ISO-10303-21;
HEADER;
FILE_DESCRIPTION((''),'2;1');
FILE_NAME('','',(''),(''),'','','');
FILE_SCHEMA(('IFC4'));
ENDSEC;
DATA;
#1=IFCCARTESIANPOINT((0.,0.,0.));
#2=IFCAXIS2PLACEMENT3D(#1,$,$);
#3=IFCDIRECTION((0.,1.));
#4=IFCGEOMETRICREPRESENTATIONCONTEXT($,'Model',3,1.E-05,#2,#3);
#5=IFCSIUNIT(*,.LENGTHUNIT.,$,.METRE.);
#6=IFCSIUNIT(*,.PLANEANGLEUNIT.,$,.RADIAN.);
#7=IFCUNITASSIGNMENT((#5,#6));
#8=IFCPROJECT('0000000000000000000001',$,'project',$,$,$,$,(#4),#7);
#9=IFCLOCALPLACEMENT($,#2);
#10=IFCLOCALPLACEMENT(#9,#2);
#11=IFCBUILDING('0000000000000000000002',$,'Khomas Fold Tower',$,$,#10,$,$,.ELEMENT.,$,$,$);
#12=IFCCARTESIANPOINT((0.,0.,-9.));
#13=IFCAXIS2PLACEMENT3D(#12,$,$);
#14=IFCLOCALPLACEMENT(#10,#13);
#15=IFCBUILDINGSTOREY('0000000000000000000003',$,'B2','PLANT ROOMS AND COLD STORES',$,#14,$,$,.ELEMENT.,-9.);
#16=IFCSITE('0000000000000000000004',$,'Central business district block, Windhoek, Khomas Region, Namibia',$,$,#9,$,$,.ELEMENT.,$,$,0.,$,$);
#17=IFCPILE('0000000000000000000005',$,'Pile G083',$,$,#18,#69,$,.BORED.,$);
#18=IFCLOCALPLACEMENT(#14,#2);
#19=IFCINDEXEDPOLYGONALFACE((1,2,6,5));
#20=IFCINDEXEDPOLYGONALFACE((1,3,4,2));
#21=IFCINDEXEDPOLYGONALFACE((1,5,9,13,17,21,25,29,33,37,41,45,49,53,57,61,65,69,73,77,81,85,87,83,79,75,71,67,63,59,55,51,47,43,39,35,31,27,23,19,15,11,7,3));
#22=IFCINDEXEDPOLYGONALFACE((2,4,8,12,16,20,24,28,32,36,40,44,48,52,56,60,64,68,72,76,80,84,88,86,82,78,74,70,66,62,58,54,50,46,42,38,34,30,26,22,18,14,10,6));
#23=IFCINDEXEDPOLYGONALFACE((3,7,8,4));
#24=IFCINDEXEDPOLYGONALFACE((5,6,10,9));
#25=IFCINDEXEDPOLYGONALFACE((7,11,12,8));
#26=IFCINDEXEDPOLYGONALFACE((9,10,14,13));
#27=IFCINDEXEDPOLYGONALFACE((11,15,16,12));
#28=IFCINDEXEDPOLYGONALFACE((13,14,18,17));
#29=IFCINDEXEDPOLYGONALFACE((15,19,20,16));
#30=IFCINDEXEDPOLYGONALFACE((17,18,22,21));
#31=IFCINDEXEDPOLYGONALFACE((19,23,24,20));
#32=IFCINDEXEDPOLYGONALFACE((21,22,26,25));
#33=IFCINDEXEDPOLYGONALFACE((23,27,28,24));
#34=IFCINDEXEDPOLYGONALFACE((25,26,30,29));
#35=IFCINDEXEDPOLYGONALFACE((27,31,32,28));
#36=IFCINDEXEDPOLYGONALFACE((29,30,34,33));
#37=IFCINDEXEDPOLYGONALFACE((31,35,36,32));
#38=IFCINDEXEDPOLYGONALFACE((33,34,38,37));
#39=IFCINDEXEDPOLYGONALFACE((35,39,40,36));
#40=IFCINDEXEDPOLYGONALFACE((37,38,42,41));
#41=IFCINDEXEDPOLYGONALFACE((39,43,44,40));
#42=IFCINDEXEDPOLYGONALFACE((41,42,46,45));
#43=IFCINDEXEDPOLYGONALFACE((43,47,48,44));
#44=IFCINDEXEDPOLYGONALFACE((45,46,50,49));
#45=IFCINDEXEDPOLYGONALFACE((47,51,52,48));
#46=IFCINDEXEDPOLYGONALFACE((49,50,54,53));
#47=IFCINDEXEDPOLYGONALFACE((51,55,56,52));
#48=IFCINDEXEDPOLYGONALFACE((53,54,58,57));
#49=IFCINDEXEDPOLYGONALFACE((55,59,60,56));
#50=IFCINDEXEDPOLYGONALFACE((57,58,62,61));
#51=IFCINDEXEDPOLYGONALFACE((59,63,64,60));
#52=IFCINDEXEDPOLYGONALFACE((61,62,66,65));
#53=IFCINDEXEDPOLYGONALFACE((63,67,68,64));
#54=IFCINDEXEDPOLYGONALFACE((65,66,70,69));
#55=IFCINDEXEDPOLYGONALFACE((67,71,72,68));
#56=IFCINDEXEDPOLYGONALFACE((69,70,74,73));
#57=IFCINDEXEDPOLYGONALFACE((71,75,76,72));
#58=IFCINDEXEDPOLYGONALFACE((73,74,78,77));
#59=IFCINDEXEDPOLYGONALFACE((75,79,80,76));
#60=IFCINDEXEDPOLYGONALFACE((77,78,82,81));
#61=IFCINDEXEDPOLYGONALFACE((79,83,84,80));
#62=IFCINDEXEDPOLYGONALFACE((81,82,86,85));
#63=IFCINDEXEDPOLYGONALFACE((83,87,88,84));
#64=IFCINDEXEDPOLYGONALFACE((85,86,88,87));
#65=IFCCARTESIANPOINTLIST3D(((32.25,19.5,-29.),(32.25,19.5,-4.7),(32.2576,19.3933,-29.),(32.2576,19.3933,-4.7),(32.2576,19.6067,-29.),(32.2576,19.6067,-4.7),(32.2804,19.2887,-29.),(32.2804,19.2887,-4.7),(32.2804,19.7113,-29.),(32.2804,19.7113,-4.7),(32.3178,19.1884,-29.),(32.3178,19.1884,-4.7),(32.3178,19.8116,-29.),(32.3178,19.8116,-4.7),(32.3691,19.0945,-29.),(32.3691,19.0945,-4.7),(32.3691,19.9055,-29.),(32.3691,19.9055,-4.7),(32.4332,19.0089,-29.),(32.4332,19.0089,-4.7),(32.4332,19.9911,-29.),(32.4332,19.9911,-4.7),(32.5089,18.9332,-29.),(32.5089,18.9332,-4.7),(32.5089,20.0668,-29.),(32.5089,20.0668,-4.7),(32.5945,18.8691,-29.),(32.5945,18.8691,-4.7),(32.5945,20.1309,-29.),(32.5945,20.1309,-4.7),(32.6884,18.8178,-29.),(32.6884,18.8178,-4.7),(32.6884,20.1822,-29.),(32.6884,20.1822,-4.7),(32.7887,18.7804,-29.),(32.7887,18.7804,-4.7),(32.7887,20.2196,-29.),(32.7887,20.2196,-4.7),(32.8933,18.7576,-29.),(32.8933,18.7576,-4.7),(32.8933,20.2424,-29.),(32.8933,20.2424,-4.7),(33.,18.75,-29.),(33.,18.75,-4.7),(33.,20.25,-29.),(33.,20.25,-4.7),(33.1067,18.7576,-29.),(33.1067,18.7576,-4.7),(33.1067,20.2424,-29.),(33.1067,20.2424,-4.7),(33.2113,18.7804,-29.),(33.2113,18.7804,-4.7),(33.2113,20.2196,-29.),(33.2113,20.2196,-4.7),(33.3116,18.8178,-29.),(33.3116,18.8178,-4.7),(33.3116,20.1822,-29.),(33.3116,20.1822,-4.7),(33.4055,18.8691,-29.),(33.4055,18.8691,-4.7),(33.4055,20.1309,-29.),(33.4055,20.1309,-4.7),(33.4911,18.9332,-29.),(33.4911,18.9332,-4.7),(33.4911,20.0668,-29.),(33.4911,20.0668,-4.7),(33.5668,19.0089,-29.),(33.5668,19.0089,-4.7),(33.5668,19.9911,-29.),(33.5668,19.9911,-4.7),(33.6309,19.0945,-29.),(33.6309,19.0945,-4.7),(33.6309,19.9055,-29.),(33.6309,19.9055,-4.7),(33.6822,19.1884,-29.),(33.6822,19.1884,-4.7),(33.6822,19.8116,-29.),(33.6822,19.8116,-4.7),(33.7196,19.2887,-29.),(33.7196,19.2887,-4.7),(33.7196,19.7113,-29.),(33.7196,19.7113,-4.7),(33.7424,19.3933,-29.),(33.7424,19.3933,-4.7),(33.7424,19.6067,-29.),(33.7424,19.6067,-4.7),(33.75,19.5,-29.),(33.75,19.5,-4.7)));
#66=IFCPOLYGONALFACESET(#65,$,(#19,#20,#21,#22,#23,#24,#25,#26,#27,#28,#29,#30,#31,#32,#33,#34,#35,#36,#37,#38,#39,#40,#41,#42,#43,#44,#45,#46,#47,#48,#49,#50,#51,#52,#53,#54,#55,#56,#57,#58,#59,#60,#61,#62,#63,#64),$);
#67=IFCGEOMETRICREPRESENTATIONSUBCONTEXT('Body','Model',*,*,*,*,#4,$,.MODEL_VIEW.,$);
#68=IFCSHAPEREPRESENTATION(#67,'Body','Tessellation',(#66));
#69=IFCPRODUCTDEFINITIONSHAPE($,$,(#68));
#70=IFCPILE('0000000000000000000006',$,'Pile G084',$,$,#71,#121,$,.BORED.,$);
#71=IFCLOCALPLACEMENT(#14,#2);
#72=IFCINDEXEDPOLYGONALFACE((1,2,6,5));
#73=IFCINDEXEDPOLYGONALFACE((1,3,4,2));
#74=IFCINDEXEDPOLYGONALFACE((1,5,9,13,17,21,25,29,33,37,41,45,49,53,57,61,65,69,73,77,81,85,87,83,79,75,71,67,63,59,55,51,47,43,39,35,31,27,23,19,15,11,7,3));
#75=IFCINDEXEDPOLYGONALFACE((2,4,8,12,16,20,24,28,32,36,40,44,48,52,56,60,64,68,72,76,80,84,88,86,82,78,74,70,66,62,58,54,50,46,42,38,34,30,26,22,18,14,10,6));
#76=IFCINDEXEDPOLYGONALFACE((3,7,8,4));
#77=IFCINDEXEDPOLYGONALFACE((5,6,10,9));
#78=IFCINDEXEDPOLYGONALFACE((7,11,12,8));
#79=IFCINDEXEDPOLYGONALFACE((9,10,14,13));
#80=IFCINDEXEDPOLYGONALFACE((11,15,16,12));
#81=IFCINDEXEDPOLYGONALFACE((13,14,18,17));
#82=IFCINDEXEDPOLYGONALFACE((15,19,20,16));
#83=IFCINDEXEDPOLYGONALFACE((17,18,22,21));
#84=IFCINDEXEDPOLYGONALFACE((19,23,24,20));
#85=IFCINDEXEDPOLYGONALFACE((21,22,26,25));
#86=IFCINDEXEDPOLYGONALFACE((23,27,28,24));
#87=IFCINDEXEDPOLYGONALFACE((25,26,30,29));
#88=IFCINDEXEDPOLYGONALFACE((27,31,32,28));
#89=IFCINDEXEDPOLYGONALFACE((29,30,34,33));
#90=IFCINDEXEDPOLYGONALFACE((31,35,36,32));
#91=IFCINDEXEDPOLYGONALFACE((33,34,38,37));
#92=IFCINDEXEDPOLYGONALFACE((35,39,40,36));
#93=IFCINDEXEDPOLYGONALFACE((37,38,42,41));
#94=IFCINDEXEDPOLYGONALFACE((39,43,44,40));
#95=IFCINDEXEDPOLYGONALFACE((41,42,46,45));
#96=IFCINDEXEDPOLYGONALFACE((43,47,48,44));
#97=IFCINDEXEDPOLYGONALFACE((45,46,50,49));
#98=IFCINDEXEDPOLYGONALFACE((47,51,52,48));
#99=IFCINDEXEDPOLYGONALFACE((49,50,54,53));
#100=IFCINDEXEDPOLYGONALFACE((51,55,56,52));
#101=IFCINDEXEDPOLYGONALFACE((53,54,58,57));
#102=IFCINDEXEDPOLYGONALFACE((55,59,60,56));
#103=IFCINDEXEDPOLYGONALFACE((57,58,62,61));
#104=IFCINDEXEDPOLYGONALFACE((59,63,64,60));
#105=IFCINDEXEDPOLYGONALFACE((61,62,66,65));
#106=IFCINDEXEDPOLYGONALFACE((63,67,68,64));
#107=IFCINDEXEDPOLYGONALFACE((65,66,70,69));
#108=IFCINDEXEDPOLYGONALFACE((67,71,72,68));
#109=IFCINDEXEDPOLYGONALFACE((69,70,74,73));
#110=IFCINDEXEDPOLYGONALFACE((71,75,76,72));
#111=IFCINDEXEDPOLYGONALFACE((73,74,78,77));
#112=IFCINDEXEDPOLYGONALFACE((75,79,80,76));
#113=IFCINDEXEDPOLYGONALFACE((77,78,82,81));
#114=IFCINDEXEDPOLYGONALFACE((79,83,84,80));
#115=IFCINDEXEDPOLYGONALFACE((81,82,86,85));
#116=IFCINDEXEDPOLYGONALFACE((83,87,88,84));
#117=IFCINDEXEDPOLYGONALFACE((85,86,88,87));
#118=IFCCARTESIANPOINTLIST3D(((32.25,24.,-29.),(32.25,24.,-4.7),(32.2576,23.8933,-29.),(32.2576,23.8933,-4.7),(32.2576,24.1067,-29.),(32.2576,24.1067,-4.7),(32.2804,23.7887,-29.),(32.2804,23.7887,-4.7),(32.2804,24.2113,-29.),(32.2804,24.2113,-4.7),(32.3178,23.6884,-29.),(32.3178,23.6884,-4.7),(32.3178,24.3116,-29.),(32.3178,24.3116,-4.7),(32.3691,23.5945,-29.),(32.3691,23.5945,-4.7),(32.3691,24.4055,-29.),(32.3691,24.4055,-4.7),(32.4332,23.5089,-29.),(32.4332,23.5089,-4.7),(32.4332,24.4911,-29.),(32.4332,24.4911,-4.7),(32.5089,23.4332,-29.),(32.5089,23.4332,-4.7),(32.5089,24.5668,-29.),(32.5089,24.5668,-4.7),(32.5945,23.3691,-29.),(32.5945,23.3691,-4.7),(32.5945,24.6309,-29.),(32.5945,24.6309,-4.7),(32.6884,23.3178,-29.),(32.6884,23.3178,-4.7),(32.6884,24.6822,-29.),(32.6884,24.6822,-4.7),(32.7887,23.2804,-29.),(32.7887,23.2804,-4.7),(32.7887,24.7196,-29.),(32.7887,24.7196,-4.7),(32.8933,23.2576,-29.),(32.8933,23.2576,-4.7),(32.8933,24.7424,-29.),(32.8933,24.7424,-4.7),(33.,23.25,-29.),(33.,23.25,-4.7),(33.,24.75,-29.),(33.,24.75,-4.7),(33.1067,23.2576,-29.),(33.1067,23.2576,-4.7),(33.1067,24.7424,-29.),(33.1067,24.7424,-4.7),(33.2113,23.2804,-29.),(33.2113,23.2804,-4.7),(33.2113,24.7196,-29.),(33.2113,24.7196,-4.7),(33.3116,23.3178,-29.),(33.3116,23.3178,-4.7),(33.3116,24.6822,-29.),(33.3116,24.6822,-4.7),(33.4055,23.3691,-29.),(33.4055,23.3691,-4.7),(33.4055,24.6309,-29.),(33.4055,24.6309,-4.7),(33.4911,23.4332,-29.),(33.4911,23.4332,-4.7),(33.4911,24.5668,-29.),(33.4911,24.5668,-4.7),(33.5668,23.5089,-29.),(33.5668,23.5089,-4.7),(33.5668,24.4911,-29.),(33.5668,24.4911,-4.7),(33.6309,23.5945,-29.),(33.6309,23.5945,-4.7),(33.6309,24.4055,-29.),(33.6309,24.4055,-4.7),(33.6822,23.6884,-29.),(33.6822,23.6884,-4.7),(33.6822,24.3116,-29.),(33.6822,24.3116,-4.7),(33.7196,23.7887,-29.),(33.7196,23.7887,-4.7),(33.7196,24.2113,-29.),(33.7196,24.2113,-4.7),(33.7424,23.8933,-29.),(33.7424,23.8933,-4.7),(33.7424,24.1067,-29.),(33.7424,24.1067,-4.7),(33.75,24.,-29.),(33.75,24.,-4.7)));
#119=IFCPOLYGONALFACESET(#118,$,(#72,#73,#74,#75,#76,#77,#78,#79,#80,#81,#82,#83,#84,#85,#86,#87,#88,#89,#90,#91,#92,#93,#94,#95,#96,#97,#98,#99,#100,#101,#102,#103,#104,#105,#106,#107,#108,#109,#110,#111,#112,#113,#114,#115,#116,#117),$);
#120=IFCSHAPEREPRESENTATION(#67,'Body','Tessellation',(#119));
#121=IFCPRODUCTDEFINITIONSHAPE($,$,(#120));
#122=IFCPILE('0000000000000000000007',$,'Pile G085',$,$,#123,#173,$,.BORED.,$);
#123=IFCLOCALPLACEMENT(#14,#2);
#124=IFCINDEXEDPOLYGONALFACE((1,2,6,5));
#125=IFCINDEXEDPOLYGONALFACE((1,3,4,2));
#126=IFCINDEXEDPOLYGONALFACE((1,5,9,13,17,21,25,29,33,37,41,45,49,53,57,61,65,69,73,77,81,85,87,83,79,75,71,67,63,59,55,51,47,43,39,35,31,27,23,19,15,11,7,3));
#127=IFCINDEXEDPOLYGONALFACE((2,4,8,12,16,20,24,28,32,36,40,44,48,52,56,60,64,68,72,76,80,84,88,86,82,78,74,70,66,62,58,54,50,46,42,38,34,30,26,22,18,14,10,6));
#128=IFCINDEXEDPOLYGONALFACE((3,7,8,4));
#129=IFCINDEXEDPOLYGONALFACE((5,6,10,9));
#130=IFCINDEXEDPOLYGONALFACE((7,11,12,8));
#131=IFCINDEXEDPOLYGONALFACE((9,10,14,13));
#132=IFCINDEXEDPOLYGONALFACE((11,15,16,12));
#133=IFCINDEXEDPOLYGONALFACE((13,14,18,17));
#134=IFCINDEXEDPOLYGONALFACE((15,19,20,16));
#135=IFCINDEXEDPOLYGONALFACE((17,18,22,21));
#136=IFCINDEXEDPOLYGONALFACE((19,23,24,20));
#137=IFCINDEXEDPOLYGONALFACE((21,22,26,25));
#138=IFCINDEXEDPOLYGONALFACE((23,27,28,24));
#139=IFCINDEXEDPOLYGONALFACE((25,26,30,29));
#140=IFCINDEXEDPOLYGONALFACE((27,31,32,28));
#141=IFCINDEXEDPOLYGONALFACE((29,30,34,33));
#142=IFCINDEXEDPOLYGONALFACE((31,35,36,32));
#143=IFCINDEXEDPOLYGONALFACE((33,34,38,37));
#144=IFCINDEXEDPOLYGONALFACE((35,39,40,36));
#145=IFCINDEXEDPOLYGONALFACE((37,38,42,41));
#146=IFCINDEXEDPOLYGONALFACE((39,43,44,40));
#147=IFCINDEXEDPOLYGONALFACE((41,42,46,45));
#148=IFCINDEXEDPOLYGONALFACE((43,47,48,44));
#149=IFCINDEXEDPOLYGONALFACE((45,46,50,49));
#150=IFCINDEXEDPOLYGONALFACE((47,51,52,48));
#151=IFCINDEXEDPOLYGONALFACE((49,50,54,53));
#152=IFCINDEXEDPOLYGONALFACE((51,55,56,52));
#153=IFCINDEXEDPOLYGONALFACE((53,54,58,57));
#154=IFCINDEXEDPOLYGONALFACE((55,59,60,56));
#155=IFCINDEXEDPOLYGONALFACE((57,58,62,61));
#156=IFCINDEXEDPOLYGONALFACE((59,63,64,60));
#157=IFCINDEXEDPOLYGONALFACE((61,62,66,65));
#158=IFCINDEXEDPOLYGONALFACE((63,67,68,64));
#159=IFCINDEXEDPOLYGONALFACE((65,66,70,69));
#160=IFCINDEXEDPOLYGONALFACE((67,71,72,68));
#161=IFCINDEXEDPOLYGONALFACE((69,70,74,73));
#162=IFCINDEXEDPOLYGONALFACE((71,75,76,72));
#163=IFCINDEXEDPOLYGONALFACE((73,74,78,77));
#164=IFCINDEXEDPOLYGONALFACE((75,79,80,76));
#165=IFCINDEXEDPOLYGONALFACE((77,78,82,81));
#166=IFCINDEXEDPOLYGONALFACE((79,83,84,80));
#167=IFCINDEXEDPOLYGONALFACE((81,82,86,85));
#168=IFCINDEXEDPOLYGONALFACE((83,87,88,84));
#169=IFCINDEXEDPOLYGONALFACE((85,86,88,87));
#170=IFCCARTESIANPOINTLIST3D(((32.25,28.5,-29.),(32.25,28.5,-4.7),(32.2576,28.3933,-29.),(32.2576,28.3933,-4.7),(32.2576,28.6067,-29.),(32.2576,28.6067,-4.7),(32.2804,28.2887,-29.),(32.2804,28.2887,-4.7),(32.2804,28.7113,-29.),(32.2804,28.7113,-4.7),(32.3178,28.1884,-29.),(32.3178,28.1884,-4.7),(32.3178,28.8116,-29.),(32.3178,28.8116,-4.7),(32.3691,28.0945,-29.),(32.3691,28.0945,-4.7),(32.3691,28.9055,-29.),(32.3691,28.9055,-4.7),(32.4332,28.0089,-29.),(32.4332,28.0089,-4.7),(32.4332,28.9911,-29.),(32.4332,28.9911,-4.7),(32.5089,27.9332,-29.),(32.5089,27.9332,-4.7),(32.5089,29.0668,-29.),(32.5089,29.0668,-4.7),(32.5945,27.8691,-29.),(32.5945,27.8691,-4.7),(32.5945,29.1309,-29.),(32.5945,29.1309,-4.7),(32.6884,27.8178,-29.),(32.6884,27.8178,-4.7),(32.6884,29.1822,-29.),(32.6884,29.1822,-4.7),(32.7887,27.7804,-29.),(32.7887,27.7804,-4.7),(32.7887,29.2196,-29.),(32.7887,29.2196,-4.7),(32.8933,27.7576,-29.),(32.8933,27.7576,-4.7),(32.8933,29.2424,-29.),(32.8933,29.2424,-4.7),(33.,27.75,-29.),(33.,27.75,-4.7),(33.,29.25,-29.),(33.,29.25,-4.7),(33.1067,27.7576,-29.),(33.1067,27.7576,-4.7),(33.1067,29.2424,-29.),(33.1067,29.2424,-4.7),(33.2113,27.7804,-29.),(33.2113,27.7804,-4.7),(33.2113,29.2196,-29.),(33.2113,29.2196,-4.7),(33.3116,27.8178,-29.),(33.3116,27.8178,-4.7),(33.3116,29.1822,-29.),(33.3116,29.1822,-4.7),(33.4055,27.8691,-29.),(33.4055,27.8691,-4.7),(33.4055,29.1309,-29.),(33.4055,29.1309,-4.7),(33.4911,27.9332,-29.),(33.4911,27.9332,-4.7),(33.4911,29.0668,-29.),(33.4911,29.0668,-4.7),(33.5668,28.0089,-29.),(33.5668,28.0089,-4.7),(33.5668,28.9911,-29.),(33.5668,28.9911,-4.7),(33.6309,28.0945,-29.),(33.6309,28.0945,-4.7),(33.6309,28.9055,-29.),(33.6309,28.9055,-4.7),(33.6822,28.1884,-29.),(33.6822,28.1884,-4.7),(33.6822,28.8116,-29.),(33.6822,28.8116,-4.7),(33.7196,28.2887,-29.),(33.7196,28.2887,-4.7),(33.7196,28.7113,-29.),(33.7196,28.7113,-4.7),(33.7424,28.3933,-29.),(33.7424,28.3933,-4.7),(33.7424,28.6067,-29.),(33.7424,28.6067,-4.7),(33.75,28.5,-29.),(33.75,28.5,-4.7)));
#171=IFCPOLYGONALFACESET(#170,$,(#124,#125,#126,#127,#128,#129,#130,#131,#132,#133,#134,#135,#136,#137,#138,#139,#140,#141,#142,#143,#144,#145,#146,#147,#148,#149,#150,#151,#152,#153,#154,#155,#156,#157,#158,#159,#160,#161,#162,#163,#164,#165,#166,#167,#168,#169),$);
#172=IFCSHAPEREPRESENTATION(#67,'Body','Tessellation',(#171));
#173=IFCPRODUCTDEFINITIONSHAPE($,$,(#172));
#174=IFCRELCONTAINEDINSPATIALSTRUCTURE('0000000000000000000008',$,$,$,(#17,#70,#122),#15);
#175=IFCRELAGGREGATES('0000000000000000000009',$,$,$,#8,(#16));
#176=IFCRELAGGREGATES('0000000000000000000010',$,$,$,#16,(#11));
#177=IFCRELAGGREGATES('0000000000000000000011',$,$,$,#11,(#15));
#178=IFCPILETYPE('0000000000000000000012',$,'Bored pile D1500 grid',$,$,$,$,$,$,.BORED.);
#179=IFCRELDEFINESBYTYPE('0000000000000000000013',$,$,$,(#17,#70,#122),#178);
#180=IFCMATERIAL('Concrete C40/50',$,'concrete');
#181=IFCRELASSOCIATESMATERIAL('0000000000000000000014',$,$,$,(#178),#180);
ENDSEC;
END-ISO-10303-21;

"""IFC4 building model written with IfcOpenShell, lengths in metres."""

from ifc_helpers import new_model, si_unit, direction, frame, origin, origin_2d, place, context, subcontext, project, spatial, circle, extrude, source, transform, mapped, material, material_profile, profile_set, type_object, element, save


model = new_model("IFC4")

# Units and contexts
model_context = context("Model", 3, precision=1e-05, world=origin(), true_north=direction((0.0, 1.0)))
body_context = subcontext(model_context, "Body", "Model", "MODEL_VIEW")
ifc_project = project(units=[si_unit("LENGTHUNIT", "METRE"), si_unit("PLANEANGLEUNIT", "RADIAN")], contexts=[model_context])

# Site, building, storey
site_placement = place(None, origin())
site = spatial("IfcSite", under=ifc_project, at=site_placement, Name="Central business district block, Windhoek, Khomas Region, Namibia", CompositionType="ELEMENT", RefElevation=0.0)
building_placement = place(site_placement, origin())
building = spatial("IfcBuilding", under=site, at=building_placement, Name="Khomas Fold Tower", CompositionType="ELEMENT")
storey_placement = place(building_placement, frame((0.0, 0.0, -9.0)))
storey = spatial("IfcBuildingStorey", under=building, at=storey_placement, Name="B2", Description="PLANT ROOMS AND COLD STORES", CompositionType="ELEMENT", Elevation=-9.0)

# Piles
ifc_material_1 = material(Name="Concrete C40/50", Category="concrete")
ifc_material_profile_1 = material_profile(ifc_material_1, circle(Radius=0.75, at=origin_2d()), Name="PILE D1500")
ifc_profile_set_1 = profile_set([ifc_material_profile_1], Name="Concrete C40/50")
pile_type = type_object("IfcPileType", Name="Bored pile D1500 grid", PredefinedType="BORED", material=ifc_profile_set_1)
shared_shape_1 = source(origin(), body_context, "Body", "SweptSolid", [
    extrude(circle(Radius=0.75, at=origin_2d()), origin(), (0.0, 0.0, 1.0), 24.3),
])
for number, where, z_axis, x_axis, name in (
    (1, (33.0, 19.5, -4.7), (0.0, 0.0, -1.0), (1.0, 0.0, 0.0), "Pile G083"),
    (2, (33.0, 24.0, -4.7), (0.0, 0.0, -1.0), (1.0, 0.0, 0.0), "Pile G084"),
    (3, (33.0, 28.5, -4.7), (0.0, 0.0, -1.0), (1.0, 0.0, 0.0), "Pile G085"),
):
    element("IfcPile", number, at=place(storey_placement, frame(where, z_axis=z_axis, x_axis=x_axis)), inside=storey, type_object=pile_type, Name=name, PredefinedType="BORED", context=body_context, shape_type="MappedRepresentation", body=[
        mapped(shared_shape_1, transform((0.0, 0.0, 0.0))),
    ])

save(model, "model.ifc")
